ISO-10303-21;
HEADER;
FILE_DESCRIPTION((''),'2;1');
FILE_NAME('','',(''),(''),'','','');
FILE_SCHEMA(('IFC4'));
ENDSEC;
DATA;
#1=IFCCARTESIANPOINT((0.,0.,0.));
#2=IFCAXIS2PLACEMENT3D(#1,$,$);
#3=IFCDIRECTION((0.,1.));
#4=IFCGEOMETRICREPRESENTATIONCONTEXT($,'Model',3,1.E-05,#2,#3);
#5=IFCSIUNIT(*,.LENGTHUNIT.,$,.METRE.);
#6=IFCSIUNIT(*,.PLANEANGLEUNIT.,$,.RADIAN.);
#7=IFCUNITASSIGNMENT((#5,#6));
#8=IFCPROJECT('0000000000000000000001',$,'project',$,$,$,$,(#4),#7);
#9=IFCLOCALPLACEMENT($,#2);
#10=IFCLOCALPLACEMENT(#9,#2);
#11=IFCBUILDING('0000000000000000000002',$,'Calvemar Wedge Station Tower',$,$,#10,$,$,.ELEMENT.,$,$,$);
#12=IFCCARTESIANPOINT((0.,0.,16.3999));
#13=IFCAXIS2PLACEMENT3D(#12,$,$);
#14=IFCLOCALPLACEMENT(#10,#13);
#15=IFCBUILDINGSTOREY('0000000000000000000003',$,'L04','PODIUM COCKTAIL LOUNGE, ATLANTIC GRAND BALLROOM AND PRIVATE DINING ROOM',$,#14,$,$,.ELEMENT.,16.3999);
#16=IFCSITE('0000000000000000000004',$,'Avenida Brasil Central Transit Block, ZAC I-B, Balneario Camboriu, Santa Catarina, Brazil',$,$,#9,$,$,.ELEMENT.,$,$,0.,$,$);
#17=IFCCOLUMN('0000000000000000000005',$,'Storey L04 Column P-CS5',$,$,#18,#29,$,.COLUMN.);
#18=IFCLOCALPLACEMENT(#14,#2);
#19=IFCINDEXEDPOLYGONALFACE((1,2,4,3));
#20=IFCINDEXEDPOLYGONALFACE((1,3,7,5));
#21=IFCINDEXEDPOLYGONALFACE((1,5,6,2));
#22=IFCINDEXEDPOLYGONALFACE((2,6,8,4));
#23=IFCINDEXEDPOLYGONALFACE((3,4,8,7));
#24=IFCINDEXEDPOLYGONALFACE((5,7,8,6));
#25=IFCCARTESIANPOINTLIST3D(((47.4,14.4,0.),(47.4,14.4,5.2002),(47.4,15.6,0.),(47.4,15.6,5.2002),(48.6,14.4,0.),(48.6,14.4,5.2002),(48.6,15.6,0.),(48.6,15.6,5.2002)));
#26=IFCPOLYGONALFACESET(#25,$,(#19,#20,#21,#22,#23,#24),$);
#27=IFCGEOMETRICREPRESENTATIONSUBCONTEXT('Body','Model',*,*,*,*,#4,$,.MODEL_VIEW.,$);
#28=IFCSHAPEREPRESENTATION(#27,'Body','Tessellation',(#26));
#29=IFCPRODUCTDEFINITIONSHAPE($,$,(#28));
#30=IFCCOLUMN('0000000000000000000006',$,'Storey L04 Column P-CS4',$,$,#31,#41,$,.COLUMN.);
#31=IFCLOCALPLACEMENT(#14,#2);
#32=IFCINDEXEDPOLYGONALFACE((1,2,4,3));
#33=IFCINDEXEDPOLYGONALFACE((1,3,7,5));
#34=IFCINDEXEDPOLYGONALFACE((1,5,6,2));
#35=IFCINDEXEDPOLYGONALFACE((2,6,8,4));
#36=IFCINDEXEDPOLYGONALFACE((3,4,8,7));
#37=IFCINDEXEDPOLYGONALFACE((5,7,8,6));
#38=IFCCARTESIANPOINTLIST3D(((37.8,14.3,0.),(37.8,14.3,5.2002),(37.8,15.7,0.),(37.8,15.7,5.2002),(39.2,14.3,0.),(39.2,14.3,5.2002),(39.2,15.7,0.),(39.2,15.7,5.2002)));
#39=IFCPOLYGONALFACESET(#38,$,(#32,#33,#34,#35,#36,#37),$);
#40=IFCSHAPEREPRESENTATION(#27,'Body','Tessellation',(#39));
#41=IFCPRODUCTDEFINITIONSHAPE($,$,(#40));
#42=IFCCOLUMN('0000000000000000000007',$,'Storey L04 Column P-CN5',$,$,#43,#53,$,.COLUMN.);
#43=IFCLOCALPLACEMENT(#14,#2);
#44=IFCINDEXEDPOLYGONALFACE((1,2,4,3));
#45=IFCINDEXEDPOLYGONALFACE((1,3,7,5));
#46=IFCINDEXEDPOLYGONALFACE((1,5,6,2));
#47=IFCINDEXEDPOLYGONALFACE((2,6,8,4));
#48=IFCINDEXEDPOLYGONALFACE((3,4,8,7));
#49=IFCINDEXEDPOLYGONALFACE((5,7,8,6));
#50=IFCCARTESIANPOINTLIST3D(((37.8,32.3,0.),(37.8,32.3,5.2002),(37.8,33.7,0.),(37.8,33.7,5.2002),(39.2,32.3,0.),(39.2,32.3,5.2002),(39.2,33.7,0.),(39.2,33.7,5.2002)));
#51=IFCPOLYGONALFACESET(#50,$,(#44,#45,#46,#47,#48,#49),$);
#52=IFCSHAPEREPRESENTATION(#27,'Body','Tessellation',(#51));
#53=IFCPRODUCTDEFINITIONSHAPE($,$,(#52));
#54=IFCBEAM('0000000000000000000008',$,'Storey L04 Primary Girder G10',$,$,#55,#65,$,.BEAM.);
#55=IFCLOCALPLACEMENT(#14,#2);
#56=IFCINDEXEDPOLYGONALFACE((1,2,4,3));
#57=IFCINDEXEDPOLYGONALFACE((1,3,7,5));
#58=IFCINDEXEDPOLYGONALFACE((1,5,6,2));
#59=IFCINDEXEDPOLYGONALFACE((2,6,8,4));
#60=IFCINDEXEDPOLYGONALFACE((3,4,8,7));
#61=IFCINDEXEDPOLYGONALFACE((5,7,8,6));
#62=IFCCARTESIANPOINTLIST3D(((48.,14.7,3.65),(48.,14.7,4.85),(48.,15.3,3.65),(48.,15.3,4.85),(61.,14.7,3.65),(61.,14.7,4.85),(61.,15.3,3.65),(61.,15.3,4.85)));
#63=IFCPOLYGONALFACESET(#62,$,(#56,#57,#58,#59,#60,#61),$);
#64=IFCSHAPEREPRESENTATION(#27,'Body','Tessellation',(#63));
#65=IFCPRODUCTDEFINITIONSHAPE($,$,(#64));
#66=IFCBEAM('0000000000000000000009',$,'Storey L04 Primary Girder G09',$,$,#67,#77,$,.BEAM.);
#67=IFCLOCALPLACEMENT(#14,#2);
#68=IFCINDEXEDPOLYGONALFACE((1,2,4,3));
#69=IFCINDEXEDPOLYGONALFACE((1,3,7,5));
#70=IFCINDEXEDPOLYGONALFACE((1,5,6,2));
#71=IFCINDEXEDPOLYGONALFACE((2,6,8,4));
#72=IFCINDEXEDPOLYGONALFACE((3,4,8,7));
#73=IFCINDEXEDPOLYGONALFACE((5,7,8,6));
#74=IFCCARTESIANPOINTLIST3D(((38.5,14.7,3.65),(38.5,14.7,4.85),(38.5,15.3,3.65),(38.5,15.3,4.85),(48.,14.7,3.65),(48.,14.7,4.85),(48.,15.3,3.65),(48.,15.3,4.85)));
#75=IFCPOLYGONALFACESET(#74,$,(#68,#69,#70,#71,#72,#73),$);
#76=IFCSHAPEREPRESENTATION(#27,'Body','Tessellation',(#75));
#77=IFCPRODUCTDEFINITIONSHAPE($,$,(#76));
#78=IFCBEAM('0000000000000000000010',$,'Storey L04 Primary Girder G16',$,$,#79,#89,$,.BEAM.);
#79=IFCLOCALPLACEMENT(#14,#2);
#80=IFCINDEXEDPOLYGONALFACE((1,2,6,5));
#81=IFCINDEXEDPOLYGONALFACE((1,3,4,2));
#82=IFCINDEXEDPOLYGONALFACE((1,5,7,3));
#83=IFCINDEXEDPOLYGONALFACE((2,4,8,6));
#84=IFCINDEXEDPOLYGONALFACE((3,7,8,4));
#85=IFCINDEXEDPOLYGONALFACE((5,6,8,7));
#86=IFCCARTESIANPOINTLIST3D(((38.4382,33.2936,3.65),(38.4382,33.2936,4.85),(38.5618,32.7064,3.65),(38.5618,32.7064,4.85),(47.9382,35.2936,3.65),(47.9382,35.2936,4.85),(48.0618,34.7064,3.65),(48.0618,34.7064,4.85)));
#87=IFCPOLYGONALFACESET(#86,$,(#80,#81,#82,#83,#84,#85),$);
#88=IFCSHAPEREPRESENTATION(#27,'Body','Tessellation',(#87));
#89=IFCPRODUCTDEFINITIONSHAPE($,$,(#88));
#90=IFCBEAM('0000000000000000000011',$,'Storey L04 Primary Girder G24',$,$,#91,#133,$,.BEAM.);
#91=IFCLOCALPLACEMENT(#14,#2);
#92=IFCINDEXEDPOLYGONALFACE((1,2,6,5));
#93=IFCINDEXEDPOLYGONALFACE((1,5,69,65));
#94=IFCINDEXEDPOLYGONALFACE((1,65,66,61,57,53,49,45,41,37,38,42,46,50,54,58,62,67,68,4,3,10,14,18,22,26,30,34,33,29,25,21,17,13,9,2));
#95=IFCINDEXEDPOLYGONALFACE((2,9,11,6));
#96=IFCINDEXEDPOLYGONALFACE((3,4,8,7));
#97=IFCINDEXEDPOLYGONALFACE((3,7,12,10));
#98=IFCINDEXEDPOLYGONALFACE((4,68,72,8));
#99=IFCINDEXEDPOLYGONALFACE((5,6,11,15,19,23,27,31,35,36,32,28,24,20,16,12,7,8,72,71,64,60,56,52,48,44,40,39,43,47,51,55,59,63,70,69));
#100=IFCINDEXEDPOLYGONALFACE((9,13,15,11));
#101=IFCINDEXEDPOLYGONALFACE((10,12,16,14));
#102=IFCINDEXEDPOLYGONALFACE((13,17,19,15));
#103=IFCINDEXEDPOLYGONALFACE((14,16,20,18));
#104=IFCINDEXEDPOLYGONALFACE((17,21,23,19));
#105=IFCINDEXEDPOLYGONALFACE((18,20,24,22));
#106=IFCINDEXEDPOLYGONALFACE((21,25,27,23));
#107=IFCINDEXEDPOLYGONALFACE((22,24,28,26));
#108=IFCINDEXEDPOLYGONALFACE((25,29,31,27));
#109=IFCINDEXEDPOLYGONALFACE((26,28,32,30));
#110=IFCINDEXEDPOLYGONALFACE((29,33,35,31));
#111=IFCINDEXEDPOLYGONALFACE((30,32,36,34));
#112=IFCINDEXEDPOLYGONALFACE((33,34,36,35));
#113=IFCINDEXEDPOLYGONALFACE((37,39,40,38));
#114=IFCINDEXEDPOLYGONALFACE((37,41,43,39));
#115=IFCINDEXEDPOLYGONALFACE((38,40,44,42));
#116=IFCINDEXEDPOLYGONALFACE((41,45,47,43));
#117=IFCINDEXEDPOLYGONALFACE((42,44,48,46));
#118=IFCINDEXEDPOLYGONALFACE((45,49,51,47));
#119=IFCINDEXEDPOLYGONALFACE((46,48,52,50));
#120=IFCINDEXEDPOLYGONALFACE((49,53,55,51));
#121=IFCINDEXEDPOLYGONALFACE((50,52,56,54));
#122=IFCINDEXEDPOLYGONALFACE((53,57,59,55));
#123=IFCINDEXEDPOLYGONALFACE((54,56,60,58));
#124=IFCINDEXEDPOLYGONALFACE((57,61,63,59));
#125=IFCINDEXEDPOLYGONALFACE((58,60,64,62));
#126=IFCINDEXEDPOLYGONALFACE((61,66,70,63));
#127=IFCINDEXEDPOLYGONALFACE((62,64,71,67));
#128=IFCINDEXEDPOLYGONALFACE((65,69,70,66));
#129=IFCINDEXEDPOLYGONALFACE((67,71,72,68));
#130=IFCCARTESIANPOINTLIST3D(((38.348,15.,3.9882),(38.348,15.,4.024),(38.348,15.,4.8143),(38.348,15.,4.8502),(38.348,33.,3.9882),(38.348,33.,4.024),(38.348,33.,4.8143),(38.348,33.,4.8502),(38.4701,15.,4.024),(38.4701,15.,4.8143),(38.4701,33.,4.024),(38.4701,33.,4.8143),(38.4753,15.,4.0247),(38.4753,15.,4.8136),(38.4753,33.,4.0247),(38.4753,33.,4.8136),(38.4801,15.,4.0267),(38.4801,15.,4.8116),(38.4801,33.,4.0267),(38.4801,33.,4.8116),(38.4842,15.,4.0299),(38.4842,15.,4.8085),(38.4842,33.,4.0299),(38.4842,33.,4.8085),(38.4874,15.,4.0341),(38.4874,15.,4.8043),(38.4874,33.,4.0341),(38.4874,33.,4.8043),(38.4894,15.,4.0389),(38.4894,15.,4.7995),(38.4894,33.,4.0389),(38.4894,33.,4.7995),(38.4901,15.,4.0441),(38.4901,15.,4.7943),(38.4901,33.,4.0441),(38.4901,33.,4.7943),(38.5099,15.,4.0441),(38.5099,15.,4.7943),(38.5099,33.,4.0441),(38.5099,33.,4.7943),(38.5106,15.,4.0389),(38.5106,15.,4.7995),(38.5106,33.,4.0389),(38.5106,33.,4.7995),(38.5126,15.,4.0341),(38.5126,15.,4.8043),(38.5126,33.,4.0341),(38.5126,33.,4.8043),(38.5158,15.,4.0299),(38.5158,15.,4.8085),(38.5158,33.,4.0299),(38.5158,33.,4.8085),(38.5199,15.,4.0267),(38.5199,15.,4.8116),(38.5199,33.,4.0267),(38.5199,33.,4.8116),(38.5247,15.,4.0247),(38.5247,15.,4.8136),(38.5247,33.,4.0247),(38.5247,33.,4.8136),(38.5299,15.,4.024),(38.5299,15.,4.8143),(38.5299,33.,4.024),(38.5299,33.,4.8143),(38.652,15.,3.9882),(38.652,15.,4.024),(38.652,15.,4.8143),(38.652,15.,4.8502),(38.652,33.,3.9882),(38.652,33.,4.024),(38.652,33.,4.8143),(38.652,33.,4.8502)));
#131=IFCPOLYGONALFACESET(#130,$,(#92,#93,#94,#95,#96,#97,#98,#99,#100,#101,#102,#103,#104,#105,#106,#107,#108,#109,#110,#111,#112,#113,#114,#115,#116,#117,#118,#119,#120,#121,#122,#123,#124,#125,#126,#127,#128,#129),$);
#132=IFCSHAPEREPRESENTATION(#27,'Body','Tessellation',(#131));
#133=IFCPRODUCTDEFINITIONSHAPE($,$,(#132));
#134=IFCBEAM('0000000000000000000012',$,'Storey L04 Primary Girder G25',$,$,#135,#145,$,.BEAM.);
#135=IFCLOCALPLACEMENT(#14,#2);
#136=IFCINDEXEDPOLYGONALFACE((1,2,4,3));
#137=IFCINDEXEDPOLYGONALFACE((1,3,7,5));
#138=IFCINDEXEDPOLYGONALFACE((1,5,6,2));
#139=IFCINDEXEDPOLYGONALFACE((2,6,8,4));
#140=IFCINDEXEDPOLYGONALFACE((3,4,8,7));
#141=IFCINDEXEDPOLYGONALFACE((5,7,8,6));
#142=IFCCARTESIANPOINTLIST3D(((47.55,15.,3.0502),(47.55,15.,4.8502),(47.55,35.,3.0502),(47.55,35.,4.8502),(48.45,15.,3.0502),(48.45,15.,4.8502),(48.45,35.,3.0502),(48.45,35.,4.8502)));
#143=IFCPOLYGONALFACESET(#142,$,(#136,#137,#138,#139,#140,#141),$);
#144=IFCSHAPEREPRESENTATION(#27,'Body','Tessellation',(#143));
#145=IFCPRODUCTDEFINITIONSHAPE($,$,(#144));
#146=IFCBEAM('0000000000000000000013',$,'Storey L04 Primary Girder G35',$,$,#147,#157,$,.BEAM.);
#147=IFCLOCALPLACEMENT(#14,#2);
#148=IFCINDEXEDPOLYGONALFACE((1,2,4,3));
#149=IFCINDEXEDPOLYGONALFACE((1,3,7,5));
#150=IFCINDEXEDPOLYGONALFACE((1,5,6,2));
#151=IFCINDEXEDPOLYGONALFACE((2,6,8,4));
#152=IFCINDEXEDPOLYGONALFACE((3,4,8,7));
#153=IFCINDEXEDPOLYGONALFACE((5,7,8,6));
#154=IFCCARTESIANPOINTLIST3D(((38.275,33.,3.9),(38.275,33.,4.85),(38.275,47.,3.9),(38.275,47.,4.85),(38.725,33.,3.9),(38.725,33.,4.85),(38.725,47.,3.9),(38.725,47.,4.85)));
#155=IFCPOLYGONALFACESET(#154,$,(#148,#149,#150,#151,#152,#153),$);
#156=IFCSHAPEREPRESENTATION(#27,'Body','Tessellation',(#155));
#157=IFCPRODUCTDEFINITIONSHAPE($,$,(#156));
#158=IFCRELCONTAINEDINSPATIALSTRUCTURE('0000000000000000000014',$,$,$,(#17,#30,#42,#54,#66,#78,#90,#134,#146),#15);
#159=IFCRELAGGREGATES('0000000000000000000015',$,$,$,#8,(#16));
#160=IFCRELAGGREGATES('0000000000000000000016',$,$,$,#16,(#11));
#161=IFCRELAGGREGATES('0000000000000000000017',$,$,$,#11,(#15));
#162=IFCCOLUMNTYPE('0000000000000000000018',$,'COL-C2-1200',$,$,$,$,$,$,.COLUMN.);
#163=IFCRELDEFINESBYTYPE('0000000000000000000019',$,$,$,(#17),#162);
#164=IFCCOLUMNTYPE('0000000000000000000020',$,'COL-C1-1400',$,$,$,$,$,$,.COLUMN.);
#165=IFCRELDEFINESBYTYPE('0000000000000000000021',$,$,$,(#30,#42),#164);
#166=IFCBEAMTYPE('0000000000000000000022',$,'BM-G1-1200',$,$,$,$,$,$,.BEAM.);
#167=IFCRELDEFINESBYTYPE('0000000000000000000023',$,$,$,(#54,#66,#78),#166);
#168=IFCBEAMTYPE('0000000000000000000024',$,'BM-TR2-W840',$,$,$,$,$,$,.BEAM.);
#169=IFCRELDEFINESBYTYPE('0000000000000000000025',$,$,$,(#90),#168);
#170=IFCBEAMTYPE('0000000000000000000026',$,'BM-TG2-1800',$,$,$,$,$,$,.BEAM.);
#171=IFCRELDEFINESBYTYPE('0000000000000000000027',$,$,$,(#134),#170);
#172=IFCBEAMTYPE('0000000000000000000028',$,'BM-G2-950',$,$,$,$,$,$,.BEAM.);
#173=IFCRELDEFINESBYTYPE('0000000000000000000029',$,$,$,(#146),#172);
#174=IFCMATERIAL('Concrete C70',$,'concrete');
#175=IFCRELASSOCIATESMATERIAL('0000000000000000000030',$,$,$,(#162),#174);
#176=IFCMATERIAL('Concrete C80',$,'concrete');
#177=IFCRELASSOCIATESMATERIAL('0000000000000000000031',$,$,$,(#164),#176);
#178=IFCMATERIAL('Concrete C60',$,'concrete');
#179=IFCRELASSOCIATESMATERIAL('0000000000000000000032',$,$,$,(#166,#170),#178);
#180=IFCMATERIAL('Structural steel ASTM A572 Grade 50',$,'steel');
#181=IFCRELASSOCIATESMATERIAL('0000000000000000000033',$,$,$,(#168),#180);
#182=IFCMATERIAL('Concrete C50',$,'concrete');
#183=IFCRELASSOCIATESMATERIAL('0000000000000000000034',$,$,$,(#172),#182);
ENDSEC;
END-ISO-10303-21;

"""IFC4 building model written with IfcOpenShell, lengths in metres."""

from ifc_helpers import new_model, si_unit, direction, frame, origin, origin_2d, place, context, subcontext, project, spatial, rectangle, i_section, extrude, source, transform, mapped, material, material_profile, profile_set, type_object, element, save


model = new_model("IFC4")

# Units and contexts
model_context = context("Model", 3, precision=1e-05, world=origin(), true_north=direction((0.0, 1.0)))
body_context = subcontext(model_context, "Body", "Model", "MODEL_VIEW")
ifc_project = project(units=[si_unit("LENGTHUNIT", "METRE"), si_unit("PLANEANGLEUNIT", "RADIAN")], contexts=[model_context])

# Site, building, storey
site_placement = place(None, origin())
site = spatial("IfcSite", under=ifc_project, at=site_placement, Name="Avenida Brasil Central Transit Block, ZAC I-B, Balneario Camboriu, Santa Catarina, Brazil", CompositionType="ELEMENT", RefElevation=0.0)
building_placement = place(site_placement, origin())
building = spatial("IfcBuilding", under=site, at=building_placement, Name="Calvemar Wedge Station Tower", CompositionType="ELEMENT")
storey_placement = place(building_placement, frame((0.0, 0.0, 16.3999)))
storey = spatial("IfcBuildingStorey", under=building, at=storey_placement, Name="L04", Description="PODIUM COCKTAIL LOUNGE, ATLANTIC GRAND BALLROOM AND PRIVATE DINING ROOM", CompositionType="ELEMENT", Elevation=16.3999)

# Columns
ifc_material_1 = material(Name="Concrete C70", Category="concrete")
ifc_material_profile_1 = material_profile(ifc_material_1, rectangle(XDim=1.2, YDim=1.2, at=origin_2d()), Name="RC1200x1200")
ifc_profile_set_1 = profile_set([ifc_material_profile_1], Name="Concrete C70")
column_type_1 = type_object("IfcColumnType", Name="COL-C2-1200", PredefinedType="COLUMN", material=ifc_profile_set_1)
shared_shape_1 = source(origin(), body_context, "Body", "SweptSolid", [
    extrude(rectangle(XDim=1.2, YDim=1.2, at=origin_2d()), origin(), (0.0, 0.0, 1.0), 5.2002),
])
column_placement = place(storey_placement, frame((48.0, 15.0, 0.0), z_axis=(0.0, 0.0, 1.0), x_axis=(1.0, 0.0, 0.0)))
element("IfcColumn", 1, at=column_placement, inside=storey, type_object=column_type_1, Name="Storey L04 Column P-CS5", PredefinedType="COLUMN", context=body_context, shape_type="MappedRepresentation", body=[
    mapped(shared_shape_1, transform((0.0, 0.0, 0.0), scale=1.0)),
])
ifc_material_2 = material(Name="Concrete C80", Category="concrete")
ifc_material_profile_2 = material_profile(ifc_material_2, rectangle(XDim=1.3999, YDim=1.3999, at=origin_2d()), Name="RC1400x1400")
ifc_profile_set_2 = profile_set([ifc_material_profile_2], Name="Concrete C80")
column_type_2 = type_object("IfcColumnType", Name="COL-C1-1400", PredefinedType="COLUMN", material=ifc_profile_set_2)
shared_shape_2 = source(origin(), body_context, "Body", "SweptSolid", [
    extrude(rectangle(XDim=1.3999, YDim=1.3999, at=origin_2d()), origin(), (0.0, 0.0, 1.0), 5.2002),
])
for number, where, z_axis, x_axis, name in (
    (2, (38.5, 15.0, 0.0), (0.0, 0.0, 1.0), (1.0, 0.0, 0.0), "Storey L04 Column P-CS4"),
    (3, (38.5, 33.0, 0.0), (0.0, 0.0, 1.0), (1.0, 0.0, 0.0), "Storey L04 Column P-CN5"),
):
    element("IfcColumn", number, at=place(storey_placement, frame(where, z_axis=z_axis, x_axis=x_axis)), inside=storey, type_object=column_type_2, Name=name, PredefinedType="COLUMN", context=body_context, shape_type="MappedRepresentation", body=[
        mapped(shared_shape_2, transform((0.0, 0.0, 0.0), scale=1.0)),
    ])

# Beams
ifc_material_3 = material(Name="Concrete C60", Category="concrete")
ifc_material_profile_3 = material_profile(ifc_material_3, rectangle(XDim=0.6001, YDim=1.2, at=origin_2d()), Name="RC600x1200")
ifc_profile_set_3 = profile_set([ifc_material_profile_3], Name="Concrete C60")
beam_type_1 = type_object("IfcBeamType", Name="BM-G1-1200", PredefinedType="BEAM", material=ifc_profile_set_3)
shared_shape_3 = source(origin(), body_context, "Body", "SweptSolid", [
    extrude(rectangle(XDim=0.6001, YDim=1.2, at=origin_2d()), origin(), (0.0, 0.0, 1.0), 13.0),
])
beam_1_placement = place(storey_placement, frame((48.0, 15.0, 4.25), z_axis=(1.0, 0.0, 0.0), x_axis=(0.0, 1.0, 0.0)))
element("IfcBeam", 4, at=beam_1_placement, inside=storey, type_object=beam_type_1, Name="Storey L04 Primary Girder G10", PredefinedType="BEAM", context=body_context, shape_type="MappedRepresentation", body=[
    mapped(shared_shape_3, transform((0.0, 0.0, 0.0), scale=1.0)),
])
shared_shape_4 = source(origin(), body_context, "Body", "SweptSolid", [
    extrude(rectangle(XDim=0.6001, YDim=1.2, at=origin_2d()), origin(), (0.0, 0.0, 1.0), 9.5),
])
beam_2_placement = place(storey_placement, frame((38.5, 15.0, 4.25), z_axis=(1.0, 0.0, 0.0), x_axis=(0.0, 1.0, 0.0)))
element("IfcBeam", 5, at=beam_2_placement, inside=storey, type_object=beam_type_1, Name="Storey L04 Primary Girder G09", PredefinedType="BEAM", context=body_context, shape_type="MappedRepresentation", body=[
    mapped(shared_shape_4, transform((0.0, 0.0, 0.0), scale=1.0)),
])
shared_shape_5 = source(origin(), body_context, "Body", "SweptSolid", [
    extrude(rectangle(XDim=0.6001, YDim=1.2, at=origin_2d()), origin(), (0.0, 0.0, 1.0), 9.7083),
])
beam_3_placement = place(storey_placement, frame((38.5, 33.0, 4.25), z_axis=(0.97855, 0.20601, 0.0), x_axis=(-0.20601, 0.97855, 0.0)))
element("IfcBeam", 6, at=beam_3_placement, inside=storey, type_object=beam_type_1, Name="Storey L04 Primary Girder G16", PredefinedType="BEAM", context=body_context, shape_type="MappedRepresentation", body=[
    mapped(shared_shape_5, transform((0.0, 0.0, 0.0), scale=1.0)),
])
ifc_material_4 = material(Name="Structural steel ASTM A572 Grade 50", Category="steel")
ifc_material_profile_4 = material_profile(ifc_material_4, i_section(OverallWidth=0.304, OverallDepth=0.8621, WebThickness=0.0198, FlangeThickness=0.0359, FilletRadius=0.02, at=origin_2d()), Name="W840x329")
ifc_profile_set_4 = profile_set([ifc_material_profile_4], Name="Structural steel ASTM A572 Grade 50")
beam_type_2 = type_object("IfcBeamType", Name="BM-TR2-W840", PredefinedType="BEAM", material=ifc_profile_set_4)
shared_shape_6 = source(origin(), body_context, "Body", "SweptSolid", [
    extrude(i_section(OverallWidth=0.304, OverallDepth=0.8621, WebThickness=0.0198, FlangeThickness=0.0359, FilletRadius=0.02, at=origin_2d()), origin(), (0.0, 0.0, 1.0), 18.0),
])
beam_4_placement = place(storey_placement, frame((38.5, 15.0, 4.4192), z_axis=(0.0, 1.0, 0.0), x_axis=(-1.0, 0.0, 0.0)))
element("IfcBeam", 7, at=beam_4_placement, inside=storey, type_object=beam_type_2, Name="Storey L04 Primary Girder G24", PredefinedType="BEAM", context=body_context, shape_type="MappedRepresentation", body=[
    mapped(shared_shape_6, transform((0.0, 0.0, 0.0), scale=1.0)),
])
ifc_material_profile_5 = material_profile(ifc_material_3, rectangle(XDim=0.8999, YDim=1.8, at=origin_2d()), Name="RC900x1800")
ifc_profile_set_5 = profile_set([ifc_material_profile_5], Name="Concrete C60")
beam_type_3 = type_object("IfcBeamType", Name="BM-TG2-1800", PredefinedType="BEAM", material=ifc_profile_set_5)
shared_shape_7 = source(origin(), body_context, "Body", "SweptSolid", [
    extrude(rectangle(XDim=0.8999, YDim=1.8, at=origin_2d()), origin(), (0.0, 0.0, 1.0), 20.0),
])
beam_5_placement = place(storey_placement, frame((48.0, 15.0, 3.9502), z_axis=(0.0, 1.0, 0.0), x_axis=(-1.0, 0.0, 0.0)))
element("IfcBeam", 8, at=beam_5_placement, inside=storey, type_object=beam_type_3, Name="Storey L04 Primary Girder G25", PredefinedType="BEAM", context=body_context, shape_type="MappedRepresentation", body=[
    mapped(shared_shape_7, transform((0.0, 0.0, 0.0), scale=1.0)),
])
ifc_material_5 = material(Name="Concrete C50", Category="concrete")
ifc_material_profile_6 = material_profile(ifc_material_5, rectangle(XDim=0.45, YDim=0.95, at=origin_2d()), Name="RC450x950")
ifc_profile_set_6 = profile_set([ifc_material_profile_6], Name="Concrete C50")
beam_type_4 = type_object("IfcBeamType", Name="BM-G2-950", PredefinedType="BEAM", material=ifc_profile_set_6)
shared_shape_8 = source(origin(), body_context, "Body", "SweptSolid", [
    extrude(rectangle(XDim=0.45, YDim=0.95, at=origin_2d()), origin(), (0.0, 0.0, 1.0), 14.0),
])
beam_6_placement = place(storey_placement, frame((38.5, 33.0, 4.375), z_axis=(0.0, 1.0, 0.0), x_axis=(-1.0, 0.0, 0.0)))
element("IfcBeam", 9, at=beam_6_placement, inside=storey, type_object=beam_type_4, Name="Storey L04 Primary Girder G35", PredefinedType="BEAM", context=body_context, shape_type="MappedRepresentation", body=[
    mapped(shared_shape_8, transform((0.0, 0.0, 0.0), scale=1.0)),
])

save(model, "model.ifc")
